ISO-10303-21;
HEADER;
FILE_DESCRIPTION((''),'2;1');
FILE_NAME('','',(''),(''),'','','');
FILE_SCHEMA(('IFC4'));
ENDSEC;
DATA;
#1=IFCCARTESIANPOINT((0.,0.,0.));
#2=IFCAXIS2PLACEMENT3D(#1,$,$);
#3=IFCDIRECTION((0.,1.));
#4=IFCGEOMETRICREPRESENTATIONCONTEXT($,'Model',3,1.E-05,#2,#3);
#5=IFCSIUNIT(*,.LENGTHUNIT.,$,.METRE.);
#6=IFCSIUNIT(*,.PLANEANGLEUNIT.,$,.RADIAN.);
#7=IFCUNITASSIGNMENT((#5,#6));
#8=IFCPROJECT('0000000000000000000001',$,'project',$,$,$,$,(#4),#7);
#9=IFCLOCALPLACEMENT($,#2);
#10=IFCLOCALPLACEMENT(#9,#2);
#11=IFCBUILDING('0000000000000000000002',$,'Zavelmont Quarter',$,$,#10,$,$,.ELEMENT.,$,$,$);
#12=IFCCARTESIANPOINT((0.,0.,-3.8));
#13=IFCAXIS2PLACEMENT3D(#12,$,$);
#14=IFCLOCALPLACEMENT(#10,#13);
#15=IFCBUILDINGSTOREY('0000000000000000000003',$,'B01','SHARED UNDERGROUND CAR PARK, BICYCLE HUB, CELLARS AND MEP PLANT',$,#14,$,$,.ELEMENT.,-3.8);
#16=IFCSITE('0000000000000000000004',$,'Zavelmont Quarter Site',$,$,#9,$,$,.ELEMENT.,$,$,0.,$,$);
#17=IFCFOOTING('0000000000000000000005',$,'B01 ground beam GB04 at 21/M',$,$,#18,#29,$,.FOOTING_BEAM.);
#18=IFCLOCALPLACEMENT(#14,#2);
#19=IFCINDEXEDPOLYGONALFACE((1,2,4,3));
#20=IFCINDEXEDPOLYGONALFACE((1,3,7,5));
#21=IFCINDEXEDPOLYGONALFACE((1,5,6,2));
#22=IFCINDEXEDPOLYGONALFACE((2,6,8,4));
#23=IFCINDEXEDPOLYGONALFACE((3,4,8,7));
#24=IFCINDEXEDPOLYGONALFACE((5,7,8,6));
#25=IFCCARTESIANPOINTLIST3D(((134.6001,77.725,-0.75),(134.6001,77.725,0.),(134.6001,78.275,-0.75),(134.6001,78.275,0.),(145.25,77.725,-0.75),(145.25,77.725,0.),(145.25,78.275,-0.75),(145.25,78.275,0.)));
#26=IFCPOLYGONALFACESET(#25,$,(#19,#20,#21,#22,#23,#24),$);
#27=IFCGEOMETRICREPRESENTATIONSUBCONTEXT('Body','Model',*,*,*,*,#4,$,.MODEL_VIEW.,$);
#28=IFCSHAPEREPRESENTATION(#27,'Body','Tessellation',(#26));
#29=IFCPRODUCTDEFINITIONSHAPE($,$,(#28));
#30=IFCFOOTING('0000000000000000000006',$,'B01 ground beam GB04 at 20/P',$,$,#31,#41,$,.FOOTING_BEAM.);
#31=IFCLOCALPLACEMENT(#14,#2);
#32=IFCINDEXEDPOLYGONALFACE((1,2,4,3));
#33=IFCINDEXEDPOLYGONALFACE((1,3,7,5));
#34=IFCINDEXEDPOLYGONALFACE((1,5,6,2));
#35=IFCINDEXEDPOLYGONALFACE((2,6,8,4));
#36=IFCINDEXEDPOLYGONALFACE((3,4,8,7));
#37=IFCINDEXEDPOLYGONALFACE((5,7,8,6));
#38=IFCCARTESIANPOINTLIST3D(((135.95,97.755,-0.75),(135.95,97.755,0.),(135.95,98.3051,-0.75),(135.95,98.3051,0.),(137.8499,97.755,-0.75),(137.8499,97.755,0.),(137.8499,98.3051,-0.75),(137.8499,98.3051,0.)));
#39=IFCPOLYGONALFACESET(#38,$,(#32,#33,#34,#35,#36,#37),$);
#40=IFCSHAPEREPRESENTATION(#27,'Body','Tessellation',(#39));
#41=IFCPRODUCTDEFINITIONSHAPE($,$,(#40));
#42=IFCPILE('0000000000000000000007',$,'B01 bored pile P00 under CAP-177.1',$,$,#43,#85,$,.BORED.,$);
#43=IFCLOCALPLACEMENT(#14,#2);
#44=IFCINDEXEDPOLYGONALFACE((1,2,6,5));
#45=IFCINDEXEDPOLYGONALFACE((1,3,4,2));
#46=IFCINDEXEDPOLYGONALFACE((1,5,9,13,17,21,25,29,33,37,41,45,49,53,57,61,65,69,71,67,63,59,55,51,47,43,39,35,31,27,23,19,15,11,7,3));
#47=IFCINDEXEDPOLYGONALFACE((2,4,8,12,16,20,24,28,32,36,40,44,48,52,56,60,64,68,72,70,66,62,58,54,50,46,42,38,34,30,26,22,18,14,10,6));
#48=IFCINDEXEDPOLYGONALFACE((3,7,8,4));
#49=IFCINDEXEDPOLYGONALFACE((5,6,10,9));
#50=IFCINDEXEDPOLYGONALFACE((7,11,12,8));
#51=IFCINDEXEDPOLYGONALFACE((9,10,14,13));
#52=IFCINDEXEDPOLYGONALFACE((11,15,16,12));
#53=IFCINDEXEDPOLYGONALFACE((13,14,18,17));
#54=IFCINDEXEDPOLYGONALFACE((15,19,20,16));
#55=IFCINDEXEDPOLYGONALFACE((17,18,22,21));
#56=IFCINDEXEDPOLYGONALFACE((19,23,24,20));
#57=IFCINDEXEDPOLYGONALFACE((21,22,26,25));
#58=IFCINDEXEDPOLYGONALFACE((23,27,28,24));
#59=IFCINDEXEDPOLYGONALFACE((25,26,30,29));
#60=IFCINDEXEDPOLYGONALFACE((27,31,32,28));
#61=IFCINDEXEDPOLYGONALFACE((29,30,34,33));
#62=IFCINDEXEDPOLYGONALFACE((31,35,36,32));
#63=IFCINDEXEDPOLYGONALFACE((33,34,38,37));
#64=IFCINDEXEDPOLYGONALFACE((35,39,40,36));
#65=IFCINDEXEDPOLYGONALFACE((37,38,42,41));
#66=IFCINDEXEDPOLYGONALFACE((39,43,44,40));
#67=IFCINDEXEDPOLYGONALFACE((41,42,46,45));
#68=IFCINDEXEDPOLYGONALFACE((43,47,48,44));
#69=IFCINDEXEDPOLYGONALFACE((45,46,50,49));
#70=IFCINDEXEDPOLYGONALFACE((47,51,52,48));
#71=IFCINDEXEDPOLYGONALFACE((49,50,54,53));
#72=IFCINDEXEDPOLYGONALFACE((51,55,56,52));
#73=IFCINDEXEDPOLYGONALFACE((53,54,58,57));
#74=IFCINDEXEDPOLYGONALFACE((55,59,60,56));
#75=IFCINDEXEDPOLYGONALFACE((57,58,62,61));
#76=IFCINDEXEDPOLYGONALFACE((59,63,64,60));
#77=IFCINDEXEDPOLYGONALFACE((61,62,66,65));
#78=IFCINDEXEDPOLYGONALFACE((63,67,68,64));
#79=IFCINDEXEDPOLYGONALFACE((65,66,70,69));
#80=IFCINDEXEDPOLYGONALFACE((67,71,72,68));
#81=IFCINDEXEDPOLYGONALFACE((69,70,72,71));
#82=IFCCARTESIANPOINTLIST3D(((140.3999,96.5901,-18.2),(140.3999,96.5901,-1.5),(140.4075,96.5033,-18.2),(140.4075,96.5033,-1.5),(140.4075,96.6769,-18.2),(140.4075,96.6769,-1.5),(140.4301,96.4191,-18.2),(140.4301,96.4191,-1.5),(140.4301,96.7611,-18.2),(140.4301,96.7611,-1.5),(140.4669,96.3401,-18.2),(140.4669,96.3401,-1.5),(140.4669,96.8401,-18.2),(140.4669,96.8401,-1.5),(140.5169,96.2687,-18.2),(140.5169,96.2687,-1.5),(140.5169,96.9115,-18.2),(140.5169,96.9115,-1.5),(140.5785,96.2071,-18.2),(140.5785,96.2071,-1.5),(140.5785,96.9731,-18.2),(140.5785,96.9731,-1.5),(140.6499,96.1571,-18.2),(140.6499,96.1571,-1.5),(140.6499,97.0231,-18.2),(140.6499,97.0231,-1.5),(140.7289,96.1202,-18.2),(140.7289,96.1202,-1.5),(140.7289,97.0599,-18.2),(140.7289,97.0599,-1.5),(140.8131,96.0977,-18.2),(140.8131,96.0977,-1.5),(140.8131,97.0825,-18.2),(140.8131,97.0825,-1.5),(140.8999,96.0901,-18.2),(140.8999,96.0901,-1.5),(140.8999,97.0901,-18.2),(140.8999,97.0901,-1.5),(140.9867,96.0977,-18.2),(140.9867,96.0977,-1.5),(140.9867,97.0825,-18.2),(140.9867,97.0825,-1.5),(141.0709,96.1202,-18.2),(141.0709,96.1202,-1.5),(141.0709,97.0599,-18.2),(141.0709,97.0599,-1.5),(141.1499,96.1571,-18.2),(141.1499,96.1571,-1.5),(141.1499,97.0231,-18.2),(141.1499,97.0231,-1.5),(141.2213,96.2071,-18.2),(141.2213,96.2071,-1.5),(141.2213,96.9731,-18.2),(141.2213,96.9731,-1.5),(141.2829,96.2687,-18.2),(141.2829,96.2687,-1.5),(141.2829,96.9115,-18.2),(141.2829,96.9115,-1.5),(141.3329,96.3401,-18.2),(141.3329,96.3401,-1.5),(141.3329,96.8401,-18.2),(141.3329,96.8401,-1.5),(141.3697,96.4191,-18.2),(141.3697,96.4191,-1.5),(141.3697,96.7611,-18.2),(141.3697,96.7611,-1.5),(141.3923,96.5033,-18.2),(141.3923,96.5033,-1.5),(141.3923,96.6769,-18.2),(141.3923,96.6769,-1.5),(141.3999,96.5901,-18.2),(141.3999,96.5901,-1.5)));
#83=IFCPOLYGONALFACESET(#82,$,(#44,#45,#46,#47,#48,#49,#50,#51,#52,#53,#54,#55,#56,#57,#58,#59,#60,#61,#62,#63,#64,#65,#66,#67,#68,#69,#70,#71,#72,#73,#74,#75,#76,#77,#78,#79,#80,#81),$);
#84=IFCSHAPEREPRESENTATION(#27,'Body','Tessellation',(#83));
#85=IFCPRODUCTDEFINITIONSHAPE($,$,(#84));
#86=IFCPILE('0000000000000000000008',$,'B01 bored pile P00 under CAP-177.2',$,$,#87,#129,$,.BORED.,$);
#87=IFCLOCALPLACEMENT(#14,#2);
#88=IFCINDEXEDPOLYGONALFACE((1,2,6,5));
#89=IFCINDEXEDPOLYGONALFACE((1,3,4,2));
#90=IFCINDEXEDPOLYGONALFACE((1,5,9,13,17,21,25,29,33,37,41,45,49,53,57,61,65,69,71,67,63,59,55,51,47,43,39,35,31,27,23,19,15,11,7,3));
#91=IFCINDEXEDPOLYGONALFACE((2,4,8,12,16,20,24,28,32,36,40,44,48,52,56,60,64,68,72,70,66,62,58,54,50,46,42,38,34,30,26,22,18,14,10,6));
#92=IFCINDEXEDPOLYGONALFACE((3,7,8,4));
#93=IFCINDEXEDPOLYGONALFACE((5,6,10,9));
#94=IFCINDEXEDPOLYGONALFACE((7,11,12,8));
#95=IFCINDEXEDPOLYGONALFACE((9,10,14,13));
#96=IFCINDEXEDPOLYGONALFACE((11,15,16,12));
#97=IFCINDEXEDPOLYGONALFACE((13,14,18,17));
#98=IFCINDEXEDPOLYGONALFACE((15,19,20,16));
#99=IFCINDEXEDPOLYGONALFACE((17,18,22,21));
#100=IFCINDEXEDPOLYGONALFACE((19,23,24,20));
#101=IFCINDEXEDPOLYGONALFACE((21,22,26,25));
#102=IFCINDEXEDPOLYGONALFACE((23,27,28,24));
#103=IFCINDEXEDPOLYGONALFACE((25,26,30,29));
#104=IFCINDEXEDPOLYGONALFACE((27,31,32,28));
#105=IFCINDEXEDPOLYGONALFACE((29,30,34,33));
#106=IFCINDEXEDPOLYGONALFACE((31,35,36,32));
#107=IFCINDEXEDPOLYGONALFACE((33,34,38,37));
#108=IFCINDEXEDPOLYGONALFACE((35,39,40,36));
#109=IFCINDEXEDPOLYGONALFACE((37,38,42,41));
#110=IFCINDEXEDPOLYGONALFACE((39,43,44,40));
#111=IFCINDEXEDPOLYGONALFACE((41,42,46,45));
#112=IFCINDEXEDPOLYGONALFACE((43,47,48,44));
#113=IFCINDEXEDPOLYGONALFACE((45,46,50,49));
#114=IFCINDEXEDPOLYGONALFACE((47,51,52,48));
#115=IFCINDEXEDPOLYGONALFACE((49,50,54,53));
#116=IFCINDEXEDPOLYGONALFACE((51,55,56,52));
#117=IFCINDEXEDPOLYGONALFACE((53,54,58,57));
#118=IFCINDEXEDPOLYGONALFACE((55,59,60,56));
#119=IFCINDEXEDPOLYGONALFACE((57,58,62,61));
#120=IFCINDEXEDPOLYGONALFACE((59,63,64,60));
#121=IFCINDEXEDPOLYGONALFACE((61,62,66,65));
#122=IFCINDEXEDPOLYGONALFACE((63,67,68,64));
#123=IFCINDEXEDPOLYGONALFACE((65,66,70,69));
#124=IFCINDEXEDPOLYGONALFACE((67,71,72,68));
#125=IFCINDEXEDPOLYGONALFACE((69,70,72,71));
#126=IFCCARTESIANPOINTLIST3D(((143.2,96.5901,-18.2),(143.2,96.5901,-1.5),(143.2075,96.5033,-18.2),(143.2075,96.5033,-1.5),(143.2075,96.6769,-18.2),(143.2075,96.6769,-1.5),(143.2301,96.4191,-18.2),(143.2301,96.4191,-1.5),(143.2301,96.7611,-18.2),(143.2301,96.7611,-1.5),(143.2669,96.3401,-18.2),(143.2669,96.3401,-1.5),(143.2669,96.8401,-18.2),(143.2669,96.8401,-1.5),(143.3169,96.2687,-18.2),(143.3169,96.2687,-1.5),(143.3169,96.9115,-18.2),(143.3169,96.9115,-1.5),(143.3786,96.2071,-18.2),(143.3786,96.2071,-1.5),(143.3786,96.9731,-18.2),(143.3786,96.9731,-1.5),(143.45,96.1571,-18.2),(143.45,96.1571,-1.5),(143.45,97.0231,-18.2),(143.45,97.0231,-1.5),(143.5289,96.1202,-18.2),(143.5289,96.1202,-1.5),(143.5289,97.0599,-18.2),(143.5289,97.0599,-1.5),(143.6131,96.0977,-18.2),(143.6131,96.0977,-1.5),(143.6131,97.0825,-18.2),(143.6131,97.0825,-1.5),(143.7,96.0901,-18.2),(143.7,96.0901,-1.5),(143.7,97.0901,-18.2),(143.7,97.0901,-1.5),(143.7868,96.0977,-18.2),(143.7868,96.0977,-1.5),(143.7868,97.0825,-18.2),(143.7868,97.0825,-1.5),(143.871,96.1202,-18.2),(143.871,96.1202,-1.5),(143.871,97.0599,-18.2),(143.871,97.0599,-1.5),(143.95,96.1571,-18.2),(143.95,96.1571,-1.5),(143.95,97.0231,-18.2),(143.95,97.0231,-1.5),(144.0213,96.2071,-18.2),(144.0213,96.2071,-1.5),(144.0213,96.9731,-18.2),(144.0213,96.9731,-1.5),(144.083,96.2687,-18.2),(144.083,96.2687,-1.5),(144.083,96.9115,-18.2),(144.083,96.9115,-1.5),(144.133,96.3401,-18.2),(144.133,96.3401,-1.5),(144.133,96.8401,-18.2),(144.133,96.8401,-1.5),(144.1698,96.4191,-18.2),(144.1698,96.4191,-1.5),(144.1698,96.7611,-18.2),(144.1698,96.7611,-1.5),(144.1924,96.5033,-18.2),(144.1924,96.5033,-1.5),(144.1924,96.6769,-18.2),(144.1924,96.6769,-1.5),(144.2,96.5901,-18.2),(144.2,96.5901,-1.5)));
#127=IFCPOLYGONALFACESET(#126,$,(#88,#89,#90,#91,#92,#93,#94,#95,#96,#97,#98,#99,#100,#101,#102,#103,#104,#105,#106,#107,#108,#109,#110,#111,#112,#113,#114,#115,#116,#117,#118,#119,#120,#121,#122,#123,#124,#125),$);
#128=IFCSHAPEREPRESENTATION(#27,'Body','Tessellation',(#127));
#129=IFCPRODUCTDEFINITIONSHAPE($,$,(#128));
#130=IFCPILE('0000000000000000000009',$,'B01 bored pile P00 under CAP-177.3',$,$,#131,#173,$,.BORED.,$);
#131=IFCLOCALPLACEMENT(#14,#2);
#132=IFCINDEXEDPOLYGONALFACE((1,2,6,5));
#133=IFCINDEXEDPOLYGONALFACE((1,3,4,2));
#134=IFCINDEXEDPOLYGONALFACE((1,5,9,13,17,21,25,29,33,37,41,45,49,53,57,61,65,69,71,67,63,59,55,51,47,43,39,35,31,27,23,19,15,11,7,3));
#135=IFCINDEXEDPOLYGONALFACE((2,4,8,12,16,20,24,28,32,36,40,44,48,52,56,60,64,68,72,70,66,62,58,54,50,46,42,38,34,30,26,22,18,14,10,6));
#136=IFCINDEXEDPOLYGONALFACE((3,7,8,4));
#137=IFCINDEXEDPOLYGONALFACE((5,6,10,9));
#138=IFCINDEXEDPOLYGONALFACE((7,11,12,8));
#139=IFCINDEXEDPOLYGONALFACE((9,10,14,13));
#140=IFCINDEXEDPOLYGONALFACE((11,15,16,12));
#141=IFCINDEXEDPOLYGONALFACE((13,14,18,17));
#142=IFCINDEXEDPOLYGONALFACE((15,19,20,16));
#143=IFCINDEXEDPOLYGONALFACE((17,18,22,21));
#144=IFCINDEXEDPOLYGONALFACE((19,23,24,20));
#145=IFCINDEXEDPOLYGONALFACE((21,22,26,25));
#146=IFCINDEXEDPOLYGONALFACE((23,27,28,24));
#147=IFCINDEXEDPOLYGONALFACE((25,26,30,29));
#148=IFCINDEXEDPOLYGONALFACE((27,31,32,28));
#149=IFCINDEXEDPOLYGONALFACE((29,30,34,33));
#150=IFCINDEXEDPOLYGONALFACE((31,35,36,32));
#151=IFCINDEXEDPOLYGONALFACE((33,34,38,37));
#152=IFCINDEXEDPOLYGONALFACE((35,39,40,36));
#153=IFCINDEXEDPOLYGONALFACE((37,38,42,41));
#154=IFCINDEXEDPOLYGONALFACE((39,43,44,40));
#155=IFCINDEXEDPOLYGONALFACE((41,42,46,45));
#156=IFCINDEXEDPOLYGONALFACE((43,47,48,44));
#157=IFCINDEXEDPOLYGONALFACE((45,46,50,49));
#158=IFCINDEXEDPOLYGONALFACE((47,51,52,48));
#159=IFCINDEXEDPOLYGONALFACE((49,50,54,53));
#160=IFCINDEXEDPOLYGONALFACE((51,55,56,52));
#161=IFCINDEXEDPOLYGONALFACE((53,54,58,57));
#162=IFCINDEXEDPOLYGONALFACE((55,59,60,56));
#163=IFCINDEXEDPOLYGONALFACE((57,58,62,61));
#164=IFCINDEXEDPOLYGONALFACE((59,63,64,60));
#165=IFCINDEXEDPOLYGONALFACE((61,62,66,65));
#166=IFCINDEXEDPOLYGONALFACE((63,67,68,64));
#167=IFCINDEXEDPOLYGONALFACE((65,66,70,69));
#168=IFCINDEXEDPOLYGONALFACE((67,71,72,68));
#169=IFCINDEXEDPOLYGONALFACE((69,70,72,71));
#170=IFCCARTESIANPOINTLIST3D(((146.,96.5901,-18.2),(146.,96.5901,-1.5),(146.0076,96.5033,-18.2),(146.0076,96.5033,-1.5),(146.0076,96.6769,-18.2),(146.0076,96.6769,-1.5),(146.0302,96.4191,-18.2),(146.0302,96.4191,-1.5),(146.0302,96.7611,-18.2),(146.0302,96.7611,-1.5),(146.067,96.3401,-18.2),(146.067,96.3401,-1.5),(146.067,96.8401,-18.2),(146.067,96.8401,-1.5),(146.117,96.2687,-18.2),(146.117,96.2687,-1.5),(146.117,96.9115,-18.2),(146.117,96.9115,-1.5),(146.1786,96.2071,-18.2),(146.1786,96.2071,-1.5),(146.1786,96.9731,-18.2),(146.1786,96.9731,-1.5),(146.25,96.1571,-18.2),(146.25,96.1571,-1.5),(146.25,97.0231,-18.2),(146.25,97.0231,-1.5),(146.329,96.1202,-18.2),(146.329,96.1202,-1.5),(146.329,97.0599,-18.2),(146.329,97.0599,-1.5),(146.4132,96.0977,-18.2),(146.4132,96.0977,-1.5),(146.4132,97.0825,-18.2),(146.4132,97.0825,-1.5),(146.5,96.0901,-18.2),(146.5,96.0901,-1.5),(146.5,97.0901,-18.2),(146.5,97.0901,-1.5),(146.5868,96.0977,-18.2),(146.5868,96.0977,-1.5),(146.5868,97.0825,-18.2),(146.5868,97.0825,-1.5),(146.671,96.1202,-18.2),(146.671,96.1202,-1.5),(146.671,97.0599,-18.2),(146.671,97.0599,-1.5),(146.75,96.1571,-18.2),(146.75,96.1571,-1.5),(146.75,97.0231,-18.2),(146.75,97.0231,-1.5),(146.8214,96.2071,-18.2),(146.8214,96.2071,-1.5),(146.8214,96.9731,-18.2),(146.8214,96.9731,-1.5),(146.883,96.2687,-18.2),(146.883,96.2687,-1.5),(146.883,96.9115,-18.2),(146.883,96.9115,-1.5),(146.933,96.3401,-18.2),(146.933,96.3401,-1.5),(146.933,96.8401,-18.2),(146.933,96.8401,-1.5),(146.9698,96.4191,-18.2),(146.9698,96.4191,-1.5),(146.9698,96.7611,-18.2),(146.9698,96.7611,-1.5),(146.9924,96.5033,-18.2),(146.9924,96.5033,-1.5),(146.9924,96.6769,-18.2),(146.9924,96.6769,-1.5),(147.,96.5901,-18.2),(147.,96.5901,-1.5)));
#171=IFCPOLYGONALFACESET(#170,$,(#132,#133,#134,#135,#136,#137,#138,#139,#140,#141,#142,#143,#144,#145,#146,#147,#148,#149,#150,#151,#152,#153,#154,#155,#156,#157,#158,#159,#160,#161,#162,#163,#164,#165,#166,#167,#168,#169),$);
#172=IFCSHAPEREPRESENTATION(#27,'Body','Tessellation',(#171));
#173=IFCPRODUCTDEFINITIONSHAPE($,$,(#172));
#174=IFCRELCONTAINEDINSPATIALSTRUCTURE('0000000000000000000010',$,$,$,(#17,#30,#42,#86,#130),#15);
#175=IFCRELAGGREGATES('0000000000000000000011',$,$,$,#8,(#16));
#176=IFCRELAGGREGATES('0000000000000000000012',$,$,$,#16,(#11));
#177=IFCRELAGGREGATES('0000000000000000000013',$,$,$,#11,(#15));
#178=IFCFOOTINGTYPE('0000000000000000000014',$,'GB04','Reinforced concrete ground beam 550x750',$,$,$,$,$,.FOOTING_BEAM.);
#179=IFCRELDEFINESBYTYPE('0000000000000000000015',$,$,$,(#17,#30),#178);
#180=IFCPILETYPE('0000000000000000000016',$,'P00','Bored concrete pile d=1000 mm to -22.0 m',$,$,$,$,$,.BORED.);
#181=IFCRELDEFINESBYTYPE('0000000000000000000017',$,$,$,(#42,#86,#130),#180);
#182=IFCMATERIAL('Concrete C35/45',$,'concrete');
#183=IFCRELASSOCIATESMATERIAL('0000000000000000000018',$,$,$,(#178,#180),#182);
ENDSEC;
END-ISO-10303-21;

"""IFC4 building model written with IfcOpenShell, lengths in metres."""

from ifc_helpers import new_model, si_unit, direction, frame, origin, origin_2d, place, context, subcontext, project, spatial, rectangle, circle, extrude, material, material_profile, profile_set, type_object, element, save


model = new_model("IFC4")

# Units and contexts
model_context = context("Model", 3, precision=1e-05, world=origin(), true_north=direction((0.0, 1.0)))
body_context = subcontext(model_context, "Body", "Model", "MODEL_VIEW")
ifc_project = project(units=[si_unit("LENGTHUNIT", "METRE"), si_unit("PLANEANGLEUNIT", "RADIAN")], contexts=[model_context])

# Site, building, storey
site_placement = place(None, origin())
site = spatial("IfcSite", under=ifc_project, at=site_placement, Name="Zavelmont Quarter Site", CompositionType="ELEMENT", RefElevation=0.0)
building_placement = place(site_placement, origin())
building = spatial("IfcBuilding", under=site, at=building_placement, Name="Zavelmont Quarter", CompositionType="ELEMENT")
storey_placement = place(building_placement, frame((0.0, 0.0, -3.8)))
storey = spatial("IfcBuildingStorey", under=building, at=storey_placement, Name="B01", Description="SHARED UNDERGROUND CAR PARK, BICYCLE HUB, CELLARS AND MEP PLANT", CompositionType="ELEMENT", Elevation=-3.8)

# Footings
ifc_material_1 = material(Name="Concrete C35/45", Category="concrete")
footing_type_1 = type_object("IfcFootingType", Name="GB04", Description="Reinforced concrete ground beam 550x750", PredefinedType="FOOTING_BEAM", material=ifc_material_1)
footing_1_placement = place(storey_placement, frame((139.925, 78.0, -0.75), z_axis=(0.0, 0.0, 1.0), x_axis=(1.0, 0.0, 0.0)))
element("IfcFooting", 1, at=footing_1_placement, inside=storey, type_object=footing_type_1, Name="B01 ground beam GB04 at 21/M", PredefinedType="FOOTING_BEAM", context=body_context, shape_type="SweptSolid", body=[
    extrude(rectangle(XDim=10.6499, YDim=0.55, at=origin_2d()), origin(), (0.0, 0.0, 1.0), 0.75),
])
footing_2_placement = place(storey_placement, frame((136.8999, 98.03, -0.75), z_axis=(0.0, 0.0, 1.0), x_axis=(1.0, 0.0, 0.0)))
element("IfcFooting", 2, at=footing_2_placement, inside=storey, type_object=footing_type_1, Name="B01 ground beam GB04 at 20/P", PredefinedType="FOOTING_BEAM", context=body_context, shape_type="SweptSolid", body=[
    extrude(rectangle(XDim=1.8999, YDim=0.55, at=origin_2d()), origin(), (0.0, 0.0, 1.0), 0.75),
])

# Piles
ifc_material_profile_1 = material_profile(ifc_material_1, circle(Radius=0.5, at=origin_2d()), Name="BP1000")
ifc_profile_set_1 = profile_set([ifc_material_profile_1], Name="Concrete C35/45")
pile_type_1 = type_object("IfcPileType", Name="P00", Description="Bored concrete pile d=1000 mm to -22.0 m", PredefinedType="BORED", material=ifc_profile_set_1)
for number, where, z_axis, x_axis, name in (
    (3, (140.8999, 96.5901, -1.5), (0.0, 0.0, -1.0), (1.0, 0.0, 0.0), "B01 bored pile P00 under CAP-177.1"),
    (4, (143.7, 96.5901, -1.5), (0.0, 0.0, -1.0), (1.0, 0.0, 0.0), "B01 bored pile P00 under CAP-177.2"),
    (5, (146.5, 96.5901, -1.5), (0.0, 0.0, -1.0), (1.0, 0.0, 0.0), "B01 bored pile P00 under CAP-177.3"),
):
    element("IfcPile", number, at=place(storey_placement, frame(where, z_axis=z_axis, x_axis=x_axis)), inside=storey, type_object=pile_type_1, Name=name, PredefinedType="BORED", context=body_context, shape_type="SweptSolid", body=[
        extrude(circle(Radius=0.5, at=origin_2d()), origin(), (0.0, 0.0, 1.0), 16.7),
    ])

save(model, "model.ifc")
